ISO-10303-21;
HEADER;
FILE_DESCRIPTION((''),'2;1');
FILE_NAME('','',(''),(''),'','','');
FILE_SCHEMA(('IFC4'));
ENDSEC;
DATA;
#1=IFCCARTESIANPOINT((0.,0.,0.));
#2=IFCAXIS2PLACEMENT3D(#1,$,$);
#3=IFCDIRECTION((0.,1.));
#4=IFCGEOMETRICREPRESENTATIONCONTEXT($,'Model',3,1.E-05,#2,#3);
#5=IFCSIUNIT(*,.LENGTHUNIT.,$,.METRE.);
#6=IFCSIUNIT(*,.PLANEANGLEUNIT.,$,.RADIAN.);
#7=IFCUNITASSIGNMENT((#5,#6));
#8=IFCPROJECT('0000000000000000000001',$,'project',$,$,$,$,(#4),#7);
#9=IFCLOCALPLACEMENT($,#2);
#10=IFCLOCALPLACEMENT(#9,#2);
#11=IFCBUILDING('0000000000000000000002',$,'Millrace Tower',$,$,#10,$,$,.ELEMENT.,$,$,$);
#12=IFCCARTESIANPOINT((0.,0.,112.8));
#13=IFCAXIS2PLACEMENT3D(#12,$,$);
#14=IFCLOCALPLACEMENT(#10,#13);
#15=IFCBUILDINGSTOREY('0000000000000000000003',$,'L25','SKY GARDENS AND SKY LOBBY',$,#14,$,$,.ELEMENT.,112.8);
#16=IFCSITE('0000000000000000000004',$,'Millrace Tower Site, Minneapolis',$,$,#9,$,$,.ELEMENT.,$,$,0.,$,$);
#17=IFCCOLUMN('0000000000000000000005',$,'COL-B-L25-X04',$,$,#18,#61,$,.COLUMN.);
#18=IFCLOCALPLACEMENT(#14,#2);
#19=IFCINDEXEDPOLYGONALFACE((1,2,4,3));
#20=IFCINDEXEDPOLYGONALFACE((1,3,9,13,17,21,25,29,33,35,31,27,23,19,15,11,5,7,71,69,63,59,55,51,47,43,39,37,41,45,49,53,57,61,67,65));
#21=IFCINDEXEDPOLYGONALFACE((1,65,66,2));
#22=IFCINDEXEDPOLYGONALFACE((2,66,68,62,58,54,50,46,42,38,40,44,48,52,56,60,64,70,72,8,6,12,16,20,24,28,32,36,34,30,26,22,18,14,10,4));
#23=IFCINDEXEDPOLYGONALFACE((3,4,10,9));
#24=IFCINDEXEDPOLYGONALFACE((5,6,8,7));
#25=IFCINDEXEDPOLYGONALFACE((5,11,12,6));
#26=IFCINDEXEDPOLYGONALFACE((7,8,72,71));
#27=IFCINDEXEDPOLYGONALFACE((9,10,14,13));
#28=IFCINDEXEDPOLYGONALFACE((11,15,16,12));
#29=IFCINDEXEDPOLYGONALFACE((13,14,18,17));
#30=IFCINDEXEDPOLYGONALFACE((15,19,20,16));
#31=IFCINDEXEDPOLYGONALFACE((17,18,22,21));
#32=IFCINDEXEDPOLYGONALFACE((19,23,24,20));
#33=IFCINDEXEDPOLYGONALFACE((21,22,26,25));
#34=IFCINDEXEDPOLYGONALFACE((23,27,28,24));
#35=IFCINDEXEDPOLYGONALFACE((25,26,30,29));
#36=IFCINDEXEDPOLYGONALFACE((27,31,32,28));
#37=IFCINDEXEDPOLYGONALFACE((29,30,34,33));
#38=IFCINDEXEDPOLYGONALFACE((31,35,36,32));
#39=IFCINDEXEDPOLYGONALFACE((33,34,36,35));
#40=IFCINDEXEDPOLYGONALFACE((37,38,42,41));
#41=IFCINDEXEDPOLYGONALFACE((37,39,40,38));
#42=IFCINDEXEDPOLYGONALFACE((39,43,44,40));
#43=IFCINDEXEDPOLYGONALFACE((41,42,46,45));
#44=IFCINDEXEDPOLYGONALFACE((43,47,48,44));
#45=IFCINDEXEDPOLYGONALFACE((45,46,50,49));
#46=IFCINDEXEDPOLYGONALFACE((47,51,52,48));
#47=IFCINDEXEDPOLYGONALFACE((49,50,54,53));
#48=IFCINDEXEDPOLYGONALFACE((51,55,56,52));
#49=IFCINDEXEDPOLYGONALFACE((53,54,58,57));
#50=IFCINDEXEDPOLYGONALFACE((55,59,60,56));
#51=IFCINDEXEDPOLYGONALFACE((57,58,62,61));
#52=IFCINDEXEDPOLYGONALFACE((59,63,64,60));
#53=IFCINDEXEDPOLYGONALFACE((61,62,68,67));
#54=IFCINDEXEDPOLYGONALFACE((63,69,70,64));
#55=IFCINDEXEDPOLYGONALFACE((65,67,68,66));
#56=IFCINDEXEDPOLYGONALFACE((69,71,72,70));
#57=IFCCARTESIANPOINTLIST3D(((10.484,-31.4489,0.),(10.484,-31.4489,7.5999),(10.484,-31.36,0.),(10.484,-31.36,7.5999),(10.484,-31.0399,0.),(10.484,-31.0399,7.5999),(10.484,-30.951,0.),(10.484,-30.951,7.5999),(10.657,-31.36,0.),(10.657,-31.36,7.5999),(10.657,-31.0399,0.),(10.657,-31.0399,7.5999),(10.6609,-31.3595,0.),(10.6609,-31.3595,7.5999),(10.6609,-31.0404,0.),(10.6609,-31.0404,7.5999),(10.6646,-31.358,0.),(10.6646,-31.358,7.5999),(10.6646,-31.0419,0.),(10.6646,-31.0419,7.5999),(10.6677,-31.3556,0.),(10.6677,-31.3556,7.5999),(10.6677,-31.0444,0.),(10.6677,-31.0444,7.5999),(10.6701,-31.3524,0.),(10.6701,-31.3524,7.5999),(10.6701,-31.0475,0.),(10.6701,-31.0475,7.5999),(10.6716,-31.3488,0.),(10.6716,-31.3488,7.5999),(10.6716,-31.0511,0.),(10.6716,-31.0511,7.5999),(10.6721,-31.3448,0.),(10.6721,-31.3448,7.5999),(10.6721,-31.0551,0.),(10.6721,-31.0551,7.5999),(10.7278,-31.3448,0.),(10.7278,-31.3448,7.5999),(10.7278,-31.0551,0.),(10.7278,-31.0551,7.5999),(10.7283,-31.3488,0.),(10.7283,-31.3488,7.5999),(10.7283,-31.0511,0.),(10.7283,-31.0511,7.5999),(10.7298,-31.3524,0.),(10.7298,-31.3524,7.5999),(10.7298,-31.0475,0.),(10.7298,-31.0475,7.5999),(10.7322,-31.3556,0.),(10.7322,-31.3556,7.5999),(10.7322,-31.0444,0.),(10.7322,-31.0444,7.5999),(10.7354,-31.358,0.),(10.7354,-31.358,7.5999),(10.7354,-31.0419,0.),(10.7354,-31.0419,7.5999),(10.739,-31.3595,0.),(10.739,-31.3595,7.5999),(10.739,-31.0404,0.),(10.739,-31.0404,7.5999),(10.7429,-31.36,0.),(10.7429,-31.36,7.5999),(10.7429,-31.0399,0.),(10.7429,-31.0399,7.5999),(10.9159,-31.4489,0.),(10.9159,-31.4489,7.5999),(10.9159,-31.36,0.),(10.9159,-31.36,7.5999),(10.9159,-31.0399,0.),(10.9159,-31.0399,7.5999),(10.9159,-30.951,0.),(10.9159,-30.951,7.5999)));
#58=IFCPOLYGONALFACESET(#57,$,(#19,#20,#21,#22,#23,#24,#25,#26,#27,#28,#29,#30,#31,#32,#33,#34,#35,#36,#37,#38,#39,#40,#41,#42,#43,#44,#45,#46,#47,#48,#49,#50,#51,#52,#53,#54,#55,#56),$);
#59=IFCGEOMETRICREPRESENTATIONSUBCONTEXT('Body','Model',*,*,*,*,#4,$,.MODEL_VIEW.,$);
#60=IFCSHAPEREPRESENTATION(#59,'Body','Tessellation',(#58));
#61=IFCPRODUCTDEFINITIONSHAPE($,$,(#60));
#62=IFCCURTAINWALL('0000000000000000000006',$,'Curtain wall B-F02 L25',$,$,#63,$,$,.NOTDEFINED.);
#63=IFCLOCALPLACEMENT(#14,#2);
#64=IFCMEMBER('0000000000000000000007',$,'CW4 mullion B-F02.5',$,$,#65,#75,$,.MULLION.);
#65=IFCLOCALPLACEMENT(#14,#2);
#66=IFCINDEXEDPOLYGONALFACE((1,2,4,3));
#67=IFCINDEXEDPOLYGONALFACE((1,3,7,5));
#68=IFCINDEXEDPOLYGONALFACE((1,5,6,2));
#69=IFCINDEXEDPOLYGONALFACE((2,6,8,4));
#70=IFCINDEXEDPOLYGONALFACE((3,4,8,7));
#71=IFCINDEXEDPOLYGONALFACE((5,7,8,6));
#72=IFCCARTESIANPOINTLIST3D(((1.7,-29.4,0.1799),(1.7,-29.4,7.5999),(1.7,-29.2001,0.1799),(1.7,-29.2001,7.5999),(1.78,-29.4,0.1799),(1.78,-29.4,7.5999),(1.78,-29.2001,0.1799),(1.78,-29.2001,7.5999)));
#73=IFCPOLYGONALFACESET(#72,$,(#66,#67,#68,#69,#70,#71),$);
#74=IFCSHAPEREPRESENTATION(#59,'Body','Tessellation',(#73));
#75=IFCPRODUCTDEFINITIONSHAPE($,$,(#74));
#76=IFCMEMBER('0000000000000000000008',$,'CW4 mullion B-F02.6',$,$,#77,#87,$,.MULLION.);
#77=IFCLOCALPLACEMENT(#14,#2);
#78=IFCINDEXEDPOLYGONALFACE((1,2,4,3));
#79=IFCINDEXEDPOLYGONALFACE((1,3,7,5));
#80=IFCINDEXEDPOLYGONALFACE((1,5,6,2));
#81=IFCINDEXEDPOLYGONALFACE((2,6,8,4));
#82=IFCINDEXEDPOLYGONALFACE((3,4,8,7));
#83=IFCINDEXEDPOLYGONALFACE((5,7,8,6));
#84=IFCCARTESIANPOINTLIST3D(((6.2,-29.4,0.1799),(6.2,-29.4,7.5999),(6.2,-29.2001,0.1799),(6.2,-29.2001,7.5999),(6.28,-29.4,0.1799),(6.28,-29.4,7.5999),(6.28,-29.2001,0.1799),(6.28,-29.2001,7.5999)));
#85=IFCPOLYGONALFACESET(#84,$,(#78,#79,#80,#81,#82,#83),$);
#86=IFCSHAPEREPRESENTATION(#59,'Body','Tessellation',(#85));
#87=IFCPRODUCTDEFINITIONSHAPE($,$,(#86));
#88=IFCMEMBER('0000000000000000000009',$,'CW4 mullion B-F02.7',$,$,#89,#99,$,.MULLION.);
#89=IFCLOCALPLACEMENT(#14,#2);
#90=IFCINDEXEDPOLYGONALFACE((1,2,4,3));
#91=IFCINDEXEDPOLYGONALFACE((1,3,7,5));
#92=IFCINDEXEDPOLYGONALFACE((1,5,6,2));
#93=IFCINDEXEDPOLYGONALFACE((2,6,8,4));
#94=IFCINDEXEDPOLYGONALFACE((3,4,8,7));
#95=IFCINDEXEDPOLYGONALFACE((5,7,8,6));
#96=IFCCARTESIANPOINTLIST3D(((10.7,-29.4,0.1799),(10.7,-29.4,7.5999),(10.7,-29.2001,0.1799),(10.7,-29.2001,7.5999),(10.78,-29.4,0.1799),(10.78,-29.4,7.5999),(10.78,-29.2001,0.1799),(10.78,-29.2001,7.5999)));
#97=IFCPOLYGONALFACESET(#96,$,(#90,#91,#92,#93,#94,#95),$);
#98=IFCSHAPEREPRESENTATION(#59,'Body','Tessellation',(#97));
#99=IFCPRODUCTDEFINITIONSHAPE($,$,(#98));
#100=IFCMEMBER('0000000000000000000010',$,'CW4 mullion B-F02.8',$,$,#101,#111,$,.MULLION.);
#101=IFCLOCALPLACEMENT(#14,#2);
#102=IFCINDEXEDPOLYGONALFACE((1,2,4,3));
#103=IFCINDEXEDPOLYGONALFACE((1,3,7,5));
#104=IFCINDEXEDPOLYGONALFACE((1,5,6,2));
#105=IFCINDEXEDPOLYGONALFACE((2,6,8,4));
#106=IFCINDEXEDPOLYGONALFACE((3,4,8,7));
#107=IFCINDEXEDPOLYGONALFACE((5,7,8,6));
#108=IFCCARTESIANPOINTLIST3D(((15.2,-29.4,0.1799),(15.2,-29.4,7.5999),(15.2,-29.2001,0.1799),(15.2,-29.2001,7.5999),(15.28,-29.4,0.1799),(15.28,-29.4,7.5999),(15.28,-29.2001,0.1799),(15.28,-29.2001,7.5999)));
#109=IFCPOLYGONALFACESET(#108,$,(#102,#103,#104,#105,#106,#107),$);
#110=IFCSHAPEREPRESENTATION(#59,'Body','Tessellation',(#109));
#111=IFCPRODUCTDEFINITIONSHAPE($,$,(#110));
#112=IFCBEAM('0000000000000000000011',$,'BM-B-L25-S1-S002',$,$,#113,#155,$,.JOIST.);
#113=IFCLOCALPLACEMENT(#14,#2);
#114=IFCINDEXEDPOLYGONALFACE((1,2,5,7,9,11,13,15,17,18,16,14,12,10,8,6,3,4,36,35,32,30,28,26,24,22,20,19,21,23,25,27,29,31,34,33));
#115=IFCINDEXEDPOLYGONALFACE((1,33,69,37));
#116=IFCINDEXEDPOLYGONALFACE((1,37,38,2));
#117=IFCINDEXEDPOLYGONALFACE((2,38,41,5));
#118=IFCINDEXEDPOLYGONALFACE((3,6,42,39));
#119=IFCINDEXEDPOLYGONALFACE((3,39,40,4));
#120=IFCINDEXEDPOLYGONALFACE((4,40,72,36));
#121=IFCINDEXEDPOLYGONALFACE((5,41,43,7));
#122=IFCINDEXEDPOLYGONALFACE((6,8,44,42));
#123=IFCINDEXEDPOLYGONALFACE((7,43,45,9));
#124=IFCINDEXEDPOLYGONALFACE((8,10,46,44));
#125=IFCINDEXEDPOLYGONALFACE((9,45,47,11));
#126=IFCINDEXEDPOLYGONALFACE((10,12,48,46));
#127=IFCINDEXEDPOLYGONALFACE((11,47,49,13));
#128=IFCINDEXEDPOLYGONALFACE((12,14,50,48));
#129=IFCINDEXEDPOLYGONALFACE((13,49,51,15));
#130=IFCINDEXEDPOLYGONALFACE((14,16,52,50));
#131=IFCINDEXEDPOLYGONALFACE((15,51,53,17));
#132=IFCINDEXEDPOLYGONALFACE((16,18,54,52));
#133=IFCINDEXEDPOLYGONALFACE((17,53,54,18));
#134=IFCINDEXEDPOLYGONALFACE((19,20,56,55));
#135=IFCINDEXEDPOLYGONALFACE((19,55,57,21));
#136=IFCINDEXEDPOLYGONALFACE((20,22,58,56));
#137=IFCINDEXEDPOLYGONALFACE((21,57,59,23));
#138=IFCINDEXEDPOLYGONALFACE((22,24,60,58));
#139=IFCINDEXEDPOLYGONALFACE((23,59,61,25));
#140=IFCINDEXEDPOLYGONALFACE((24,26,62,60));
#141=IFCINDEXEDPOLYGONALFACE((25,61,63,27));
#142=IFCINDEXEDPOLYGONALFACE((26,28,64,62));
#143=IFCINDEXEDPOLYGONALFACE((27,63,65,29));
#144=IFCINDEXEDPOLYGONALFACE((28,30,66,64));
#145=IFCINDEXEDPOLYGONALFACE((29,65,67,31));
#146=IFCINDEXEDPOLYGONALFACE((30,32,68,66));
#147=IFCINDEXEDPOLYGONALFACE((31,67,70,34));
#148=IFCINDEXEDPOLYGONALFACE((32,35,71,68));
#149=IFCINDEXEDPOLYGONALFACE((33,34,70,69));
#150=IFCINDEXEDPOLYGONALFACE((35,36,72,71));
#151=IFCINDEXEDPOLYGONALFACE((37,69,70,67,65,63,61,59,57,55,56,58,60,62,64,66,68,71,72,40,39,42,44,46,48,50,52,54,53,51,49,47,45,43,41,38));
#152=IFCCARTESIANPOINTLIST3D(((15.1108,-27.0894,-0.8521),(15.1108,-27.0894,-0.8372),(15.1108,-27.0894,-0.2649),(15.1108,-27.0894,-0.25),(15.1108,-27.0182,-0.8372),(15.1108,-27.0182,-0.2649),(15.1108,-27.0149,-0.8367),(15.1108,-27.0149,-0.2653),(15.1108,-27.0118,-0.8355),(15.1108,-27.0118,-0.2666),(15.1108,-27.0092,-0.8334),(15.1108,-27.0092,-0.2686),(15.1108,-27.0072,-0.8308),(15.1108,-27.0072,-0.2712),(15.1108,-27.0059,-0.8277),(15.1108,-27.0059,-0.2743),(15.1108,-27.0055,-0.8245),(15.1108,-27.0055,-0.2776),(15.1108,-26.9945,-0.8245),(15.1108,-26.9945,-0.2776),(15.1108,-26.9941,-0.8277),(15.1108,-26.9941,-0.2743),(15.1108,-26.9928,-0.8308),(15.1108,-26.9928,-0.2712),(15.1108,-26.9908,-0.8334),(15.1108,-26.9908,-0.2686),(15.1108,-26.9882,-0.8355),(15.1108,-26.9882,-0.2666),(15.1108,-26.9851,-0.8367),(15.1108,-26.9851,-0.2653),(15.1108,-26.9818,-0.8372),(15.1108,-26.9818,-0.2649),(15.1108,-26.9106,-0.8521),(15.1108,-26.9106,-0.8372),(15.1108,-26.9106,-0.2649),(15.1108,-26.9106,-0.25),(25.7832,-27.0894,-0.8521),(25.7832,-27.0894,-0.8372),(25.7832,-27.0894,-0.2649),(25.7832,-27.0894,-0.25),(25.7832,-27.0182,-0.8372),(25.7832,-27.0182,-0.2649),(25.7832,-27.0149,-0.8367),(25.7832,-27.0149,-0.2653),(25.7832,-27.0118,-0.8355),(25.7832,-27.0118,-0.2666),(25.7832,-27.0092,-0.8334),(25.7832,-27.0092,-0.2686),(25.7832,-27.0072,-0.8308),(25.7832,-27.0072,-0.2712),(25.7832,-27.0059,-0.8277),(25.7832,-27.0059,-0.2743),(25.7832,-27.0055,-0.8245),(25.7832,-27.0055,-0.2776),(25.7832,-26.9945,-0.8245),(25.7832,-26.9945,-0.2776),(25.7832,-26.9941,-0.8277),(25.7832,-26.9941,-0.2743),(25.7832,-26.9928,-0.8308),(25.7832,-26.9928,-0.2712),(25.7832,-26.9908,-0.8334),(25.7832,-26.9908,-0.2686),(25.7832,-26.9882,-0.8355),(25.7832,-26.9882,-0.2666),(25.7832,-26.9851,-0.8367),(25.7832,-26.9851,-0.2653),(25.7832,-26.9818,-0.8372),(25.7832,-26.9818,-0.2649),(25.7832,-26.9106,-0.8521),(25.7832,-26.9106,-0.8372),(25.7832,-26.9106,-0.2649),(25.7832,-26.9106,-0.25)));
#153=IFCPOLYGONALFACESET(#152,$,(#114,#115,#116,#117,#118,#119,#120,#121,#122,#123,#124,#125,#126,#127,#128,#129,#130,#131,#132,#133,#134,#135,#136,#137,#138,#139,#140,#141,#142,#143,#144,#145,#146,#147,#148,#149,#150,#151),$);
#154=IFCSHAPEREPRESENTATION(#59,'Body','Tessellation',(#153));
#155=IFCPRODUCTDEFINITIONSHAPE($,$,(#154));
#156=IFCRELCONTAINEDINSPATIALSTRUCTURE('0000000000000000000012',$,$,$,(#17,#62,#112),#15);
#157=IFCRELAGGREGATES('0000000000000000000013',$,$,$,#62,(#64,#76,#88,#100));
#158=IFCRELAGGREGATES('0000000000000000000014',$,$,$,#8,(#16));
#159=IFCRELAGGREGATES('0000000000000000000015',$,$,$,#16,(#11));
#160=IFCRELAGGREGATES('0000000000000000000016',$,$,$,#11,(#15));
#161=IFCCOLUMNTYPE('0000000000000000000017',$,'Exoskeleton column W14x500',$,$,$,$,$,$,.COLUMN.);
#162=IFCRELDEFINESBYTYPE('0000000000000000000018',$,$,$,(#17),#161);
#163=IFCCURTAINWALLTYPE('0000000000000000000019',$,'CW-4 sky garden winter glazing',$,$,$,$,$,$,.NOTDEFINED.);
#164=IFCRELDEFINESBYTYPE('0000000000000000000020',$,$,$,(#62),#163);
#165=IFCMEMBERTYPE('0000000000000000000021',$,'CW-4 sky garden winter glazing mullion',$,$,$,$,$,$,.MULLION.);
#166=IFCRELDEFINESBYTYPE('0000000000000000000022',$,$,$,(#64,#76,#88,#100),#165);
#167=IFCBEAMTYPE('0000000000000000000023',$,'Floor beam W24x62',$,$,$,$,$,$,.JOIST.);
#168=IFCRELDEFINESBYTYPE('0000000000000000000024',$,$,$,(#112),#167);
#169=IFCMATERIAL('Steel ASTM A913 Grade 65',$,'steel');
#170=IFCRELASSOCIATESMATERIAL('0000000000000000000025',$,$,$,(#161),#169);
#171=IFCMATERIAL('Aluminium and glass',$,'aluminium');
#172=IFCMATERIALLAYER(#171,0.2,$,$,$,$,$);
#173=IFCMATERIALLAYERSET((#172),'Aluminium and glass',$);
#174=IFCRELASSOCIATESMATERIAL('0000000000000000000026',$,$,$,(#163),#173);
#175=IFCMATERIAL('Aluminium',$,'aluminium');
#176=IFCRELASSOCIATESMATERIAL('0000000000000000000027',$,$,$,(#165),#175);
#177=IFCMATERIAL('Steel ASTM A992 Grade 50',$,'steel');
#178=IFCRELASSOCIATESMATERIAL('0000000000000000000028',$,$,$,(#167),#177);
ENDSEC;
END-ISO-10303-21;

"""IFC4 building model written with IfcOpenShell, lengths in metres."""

from ifc_helpers import new_model, si_unit, direction, frame, origin, origin_2d, place, context, subcontext, project, spatial, rectangle, i_section, extrude, material, layer, layer_set, material_profile, profile_set, type_object, element, aggregate, save


model = new_model("IFC4")

# Units and contexts
model_context = context("Model", 3, precision=1e-05, world=origin(), true_north=direction((0.0, 1.0)))
body_context = subcontext(model_context, "Body", "Model", "MODEL_VIEW")
ifc_project = project(units=[si_unit("LENGTHUNIT", "METRE"), si_unit("PLANEANGLEUNIT", "RADIAN")], contexts=[model_context])

# Site, building, storey
site_placement = place(None, origin())
site = spatial("IfcSite", under=ifc_project, at=site_placement, Name="Millrace Tower Site, Minneapolis", CompositionType="ELEMENT", RefElevation=0.0)
building_placement = place(site_placement, origin())
building = spatial("IfcBuilding", under=site, at=building_placement, Name="Millrace Tower", CompositionType="ELEMENT")
storey_placement = place(building_placement, frame((0.0, 0.0, 112.8)))
storey = spatial("IfcBuildingStorey", under=building, at=storey_placement, Name="L25", Description="SKY GARDENS AND SKY LOBBY", CompositionType="ELEMENT", Elevation=112.8)

# Column
ifc_material_1 = material(Name="Steel ASTM A913 Grade 65", Category="steel")
ifc_material_profile_1 = material_profile(ifc_material_1, i_section(OverallWidth=0.4319, OverallDepth=0.4978, WebThickness=0.0557, FlangeThickness=0.0889, FilletRadius=0.0151, at=origin_2d()))
ifc_profile_set_1 = profile_set([ifc_material_profile_1], Name="Steel ASTM A913 Grade 65")
column_type = type_object("IfcColumnType", Name="Exoskeleton column W14x500", PredefinedType="COLUMN", material=ifc_profile_set_1)
column_placement = place(storey_placement, frame((10.7, -31.2, 0.0), z_axis=(0.0, 0.0, 1.0), x_axis=(1.0, 0.0, 0.0)))
element("IfcColumn", 1, at=column_placement, inside=storey, type_object=column_type, Name="COL-B-L25-X04", PredefinedType="COLUMN", context=body_context, shape_type="SweptSolid", body=[
    extrude(i_section(OverallWidth=0.4319, OverallDepth=0.4978, WebThickness=0.0557, FlangeThickness=0.0889, FilletRadius=0.0151, at=origin_2d()), origin(), (0.0, 0.0, 1.0), 7.5999),
])

# Curtain wall, members
ifc_material_2 = material(Name="Aluminium and glass", Category="aluminium")
ifc_layer_1 = layer(ifc_material_2, 0.2)
ifc_layer_set_1 = layer_set([ifc_layer_1], Name="Aluminium and glass")
curtain_wall_type = type_object("IfcCurtainWallType", Name="CW-4 sky garden winter glazing", PredefinedType="NOTDEFINED", material=ifc_layer_set_1)
curtain_wall_placement = place(storey_placement, origin())
curtain_wall = element("IfcCurtainWall", 2, at=curtain_wall_placement, inside=storey, type_object=curtain_wall_type, Name="Curtain wall B-F02 L25", PredefinedType="NOTDEFINED")
ifc_material_3 = material(Name="Aluminium", Category="aluminium")
ifc_material_profile_2 = material_profile(ifc_material_3, rectangle(XDim=0.0801, YDim=0.2, at=origin_2d()))
ifc_profile_set_2 = profile_set([ifc_material_profile_2], Name="Aluminium")
member_type = type_object("IfcMemberType", Name="CW-4 sky garden winter glazing mullion", PredefinedType="MULLION", material=ifc_profile_set_2)
member_1_placement = place(storey_placement, frame((1.74, -29.3, 0.1799), z_axis=(0.0, 0.0, 1.0), x_axis=(1.0, 0.0, 0.0)))
member_1 = element("IfcMember", 3, at=member_1_placement, type_object=member_type, Name="CW4 mullion B-F02.5", PredefinedType="MULLION", context=body_context, shape_type="SweptSolid", body=[
    extrude(rectangle(XDim=0.0801, YDim=0.2, at=origin_2d()), origin(), (0.0, 0.0, 1.0), 7.4199),
])
member_2_placement = place(storey_placement, frame((6.24, -29.3, 0.1799), z_axis=(0.0, 0.0, 1.0), x_axis=(1.0, 0.0, 0.0)))
member_2 = element("IfcMember", 4, at=member_2_placement, type_object=member_type, Name="CW4 mullion B-F02.6", PredefinedType="MULLION", context=body_context, shape_type="SweptSolid", body=[
    extrude(rectangle(XDim=0.0801, YDim=0.2, at=origin_2d()), origin(), (0.0, 0.0, 1.0), 7.4199),
])
member_3_placement = place(storey_placement, frame((10.74, -29.3, 0.1799), z_axis=(0.0, 0.0, 1.0), x_axis=(1.0, 0.0, 0.0)))
member_3 = element("IfcMember", 5, at=member_3_placement, type_object=member_type, Name="CW4 mullion B-F02.7", PredefinedType="MULLION", context=body_context, shape_type="SweptSolid", body=[
    extrude(rectangle(XDim=0.0801, YDim=0.2, at=origin_2d()), origin(), (0.0, 0.0, 1.0), 7.4199),
])
member_4_placement = place(storey_placement, frame((15.24, -29.3, 0.1799), z_axis=(0.0, 0.0, 1.0), x_axis=(1.0, 0.0, 0.0)))
member_4 = element("IfcMember", 6, at=member_4_placement, type_object=member_type, Name="CW4 mullion B-F02.8", PredefinedType="MULLION", context=body_context, shape_type="SweptSolid", body=[
    extrude(rectangle(XDim=0.0801, YDim=0.2, at=origin_2d()), origin(), (0.0, 0.0, 1.0), 7.4199),
])
aggregate(curtain_wall, [member_1, member_2, member_3, member_4])

# Beam
ifc_material_4 = material(Name="Steel ASTM A992 Grade 50", Category="steel")
ifc_material_profile_3 = material_profile(ifc_material_4, i_section(OverallWidth=0.1787, OverallDepth=0.6021, WebThickness=0.011, FlangeThickness=0.0149, FilletRadius=0.0127, at=origin_2d()))
ifc_profile_set_3 = profile_set([ifc_material_profile_3], Name="Steel ASTM A992 Grade 50")
beam_type_1 = type_object("IfcBeamType", Name="Floor beam W24x62", PredefinedType="JOIST", material=ifc_profile_set_3)
beam_1_placement = place(storey_placement, frame((15.1108, -27.0, -0.551), z_axis=(1.0, 0.0, 0.0), x_axis=(0.0, 1.0, 0.0)))
element("IfcBeam", 7, at=beam_1_placement, inside=storey, type_object=beam_type_1, Name="BM-B-L25-S1-S002", PredefinedType="JOIST", context=body_context, shape_type="SweptSolid", body=[
    extrude(i_section(OverallWidth=0.1787, OverallDepth=0.6021, WebThickness=0.011, FlangeThickness=0.0149, FilletRadius=0.0127, at=origin_2d()), origin(), (0.0, 0.0, 1.0), 10.6724),
])

save(model, "model.ifc")
